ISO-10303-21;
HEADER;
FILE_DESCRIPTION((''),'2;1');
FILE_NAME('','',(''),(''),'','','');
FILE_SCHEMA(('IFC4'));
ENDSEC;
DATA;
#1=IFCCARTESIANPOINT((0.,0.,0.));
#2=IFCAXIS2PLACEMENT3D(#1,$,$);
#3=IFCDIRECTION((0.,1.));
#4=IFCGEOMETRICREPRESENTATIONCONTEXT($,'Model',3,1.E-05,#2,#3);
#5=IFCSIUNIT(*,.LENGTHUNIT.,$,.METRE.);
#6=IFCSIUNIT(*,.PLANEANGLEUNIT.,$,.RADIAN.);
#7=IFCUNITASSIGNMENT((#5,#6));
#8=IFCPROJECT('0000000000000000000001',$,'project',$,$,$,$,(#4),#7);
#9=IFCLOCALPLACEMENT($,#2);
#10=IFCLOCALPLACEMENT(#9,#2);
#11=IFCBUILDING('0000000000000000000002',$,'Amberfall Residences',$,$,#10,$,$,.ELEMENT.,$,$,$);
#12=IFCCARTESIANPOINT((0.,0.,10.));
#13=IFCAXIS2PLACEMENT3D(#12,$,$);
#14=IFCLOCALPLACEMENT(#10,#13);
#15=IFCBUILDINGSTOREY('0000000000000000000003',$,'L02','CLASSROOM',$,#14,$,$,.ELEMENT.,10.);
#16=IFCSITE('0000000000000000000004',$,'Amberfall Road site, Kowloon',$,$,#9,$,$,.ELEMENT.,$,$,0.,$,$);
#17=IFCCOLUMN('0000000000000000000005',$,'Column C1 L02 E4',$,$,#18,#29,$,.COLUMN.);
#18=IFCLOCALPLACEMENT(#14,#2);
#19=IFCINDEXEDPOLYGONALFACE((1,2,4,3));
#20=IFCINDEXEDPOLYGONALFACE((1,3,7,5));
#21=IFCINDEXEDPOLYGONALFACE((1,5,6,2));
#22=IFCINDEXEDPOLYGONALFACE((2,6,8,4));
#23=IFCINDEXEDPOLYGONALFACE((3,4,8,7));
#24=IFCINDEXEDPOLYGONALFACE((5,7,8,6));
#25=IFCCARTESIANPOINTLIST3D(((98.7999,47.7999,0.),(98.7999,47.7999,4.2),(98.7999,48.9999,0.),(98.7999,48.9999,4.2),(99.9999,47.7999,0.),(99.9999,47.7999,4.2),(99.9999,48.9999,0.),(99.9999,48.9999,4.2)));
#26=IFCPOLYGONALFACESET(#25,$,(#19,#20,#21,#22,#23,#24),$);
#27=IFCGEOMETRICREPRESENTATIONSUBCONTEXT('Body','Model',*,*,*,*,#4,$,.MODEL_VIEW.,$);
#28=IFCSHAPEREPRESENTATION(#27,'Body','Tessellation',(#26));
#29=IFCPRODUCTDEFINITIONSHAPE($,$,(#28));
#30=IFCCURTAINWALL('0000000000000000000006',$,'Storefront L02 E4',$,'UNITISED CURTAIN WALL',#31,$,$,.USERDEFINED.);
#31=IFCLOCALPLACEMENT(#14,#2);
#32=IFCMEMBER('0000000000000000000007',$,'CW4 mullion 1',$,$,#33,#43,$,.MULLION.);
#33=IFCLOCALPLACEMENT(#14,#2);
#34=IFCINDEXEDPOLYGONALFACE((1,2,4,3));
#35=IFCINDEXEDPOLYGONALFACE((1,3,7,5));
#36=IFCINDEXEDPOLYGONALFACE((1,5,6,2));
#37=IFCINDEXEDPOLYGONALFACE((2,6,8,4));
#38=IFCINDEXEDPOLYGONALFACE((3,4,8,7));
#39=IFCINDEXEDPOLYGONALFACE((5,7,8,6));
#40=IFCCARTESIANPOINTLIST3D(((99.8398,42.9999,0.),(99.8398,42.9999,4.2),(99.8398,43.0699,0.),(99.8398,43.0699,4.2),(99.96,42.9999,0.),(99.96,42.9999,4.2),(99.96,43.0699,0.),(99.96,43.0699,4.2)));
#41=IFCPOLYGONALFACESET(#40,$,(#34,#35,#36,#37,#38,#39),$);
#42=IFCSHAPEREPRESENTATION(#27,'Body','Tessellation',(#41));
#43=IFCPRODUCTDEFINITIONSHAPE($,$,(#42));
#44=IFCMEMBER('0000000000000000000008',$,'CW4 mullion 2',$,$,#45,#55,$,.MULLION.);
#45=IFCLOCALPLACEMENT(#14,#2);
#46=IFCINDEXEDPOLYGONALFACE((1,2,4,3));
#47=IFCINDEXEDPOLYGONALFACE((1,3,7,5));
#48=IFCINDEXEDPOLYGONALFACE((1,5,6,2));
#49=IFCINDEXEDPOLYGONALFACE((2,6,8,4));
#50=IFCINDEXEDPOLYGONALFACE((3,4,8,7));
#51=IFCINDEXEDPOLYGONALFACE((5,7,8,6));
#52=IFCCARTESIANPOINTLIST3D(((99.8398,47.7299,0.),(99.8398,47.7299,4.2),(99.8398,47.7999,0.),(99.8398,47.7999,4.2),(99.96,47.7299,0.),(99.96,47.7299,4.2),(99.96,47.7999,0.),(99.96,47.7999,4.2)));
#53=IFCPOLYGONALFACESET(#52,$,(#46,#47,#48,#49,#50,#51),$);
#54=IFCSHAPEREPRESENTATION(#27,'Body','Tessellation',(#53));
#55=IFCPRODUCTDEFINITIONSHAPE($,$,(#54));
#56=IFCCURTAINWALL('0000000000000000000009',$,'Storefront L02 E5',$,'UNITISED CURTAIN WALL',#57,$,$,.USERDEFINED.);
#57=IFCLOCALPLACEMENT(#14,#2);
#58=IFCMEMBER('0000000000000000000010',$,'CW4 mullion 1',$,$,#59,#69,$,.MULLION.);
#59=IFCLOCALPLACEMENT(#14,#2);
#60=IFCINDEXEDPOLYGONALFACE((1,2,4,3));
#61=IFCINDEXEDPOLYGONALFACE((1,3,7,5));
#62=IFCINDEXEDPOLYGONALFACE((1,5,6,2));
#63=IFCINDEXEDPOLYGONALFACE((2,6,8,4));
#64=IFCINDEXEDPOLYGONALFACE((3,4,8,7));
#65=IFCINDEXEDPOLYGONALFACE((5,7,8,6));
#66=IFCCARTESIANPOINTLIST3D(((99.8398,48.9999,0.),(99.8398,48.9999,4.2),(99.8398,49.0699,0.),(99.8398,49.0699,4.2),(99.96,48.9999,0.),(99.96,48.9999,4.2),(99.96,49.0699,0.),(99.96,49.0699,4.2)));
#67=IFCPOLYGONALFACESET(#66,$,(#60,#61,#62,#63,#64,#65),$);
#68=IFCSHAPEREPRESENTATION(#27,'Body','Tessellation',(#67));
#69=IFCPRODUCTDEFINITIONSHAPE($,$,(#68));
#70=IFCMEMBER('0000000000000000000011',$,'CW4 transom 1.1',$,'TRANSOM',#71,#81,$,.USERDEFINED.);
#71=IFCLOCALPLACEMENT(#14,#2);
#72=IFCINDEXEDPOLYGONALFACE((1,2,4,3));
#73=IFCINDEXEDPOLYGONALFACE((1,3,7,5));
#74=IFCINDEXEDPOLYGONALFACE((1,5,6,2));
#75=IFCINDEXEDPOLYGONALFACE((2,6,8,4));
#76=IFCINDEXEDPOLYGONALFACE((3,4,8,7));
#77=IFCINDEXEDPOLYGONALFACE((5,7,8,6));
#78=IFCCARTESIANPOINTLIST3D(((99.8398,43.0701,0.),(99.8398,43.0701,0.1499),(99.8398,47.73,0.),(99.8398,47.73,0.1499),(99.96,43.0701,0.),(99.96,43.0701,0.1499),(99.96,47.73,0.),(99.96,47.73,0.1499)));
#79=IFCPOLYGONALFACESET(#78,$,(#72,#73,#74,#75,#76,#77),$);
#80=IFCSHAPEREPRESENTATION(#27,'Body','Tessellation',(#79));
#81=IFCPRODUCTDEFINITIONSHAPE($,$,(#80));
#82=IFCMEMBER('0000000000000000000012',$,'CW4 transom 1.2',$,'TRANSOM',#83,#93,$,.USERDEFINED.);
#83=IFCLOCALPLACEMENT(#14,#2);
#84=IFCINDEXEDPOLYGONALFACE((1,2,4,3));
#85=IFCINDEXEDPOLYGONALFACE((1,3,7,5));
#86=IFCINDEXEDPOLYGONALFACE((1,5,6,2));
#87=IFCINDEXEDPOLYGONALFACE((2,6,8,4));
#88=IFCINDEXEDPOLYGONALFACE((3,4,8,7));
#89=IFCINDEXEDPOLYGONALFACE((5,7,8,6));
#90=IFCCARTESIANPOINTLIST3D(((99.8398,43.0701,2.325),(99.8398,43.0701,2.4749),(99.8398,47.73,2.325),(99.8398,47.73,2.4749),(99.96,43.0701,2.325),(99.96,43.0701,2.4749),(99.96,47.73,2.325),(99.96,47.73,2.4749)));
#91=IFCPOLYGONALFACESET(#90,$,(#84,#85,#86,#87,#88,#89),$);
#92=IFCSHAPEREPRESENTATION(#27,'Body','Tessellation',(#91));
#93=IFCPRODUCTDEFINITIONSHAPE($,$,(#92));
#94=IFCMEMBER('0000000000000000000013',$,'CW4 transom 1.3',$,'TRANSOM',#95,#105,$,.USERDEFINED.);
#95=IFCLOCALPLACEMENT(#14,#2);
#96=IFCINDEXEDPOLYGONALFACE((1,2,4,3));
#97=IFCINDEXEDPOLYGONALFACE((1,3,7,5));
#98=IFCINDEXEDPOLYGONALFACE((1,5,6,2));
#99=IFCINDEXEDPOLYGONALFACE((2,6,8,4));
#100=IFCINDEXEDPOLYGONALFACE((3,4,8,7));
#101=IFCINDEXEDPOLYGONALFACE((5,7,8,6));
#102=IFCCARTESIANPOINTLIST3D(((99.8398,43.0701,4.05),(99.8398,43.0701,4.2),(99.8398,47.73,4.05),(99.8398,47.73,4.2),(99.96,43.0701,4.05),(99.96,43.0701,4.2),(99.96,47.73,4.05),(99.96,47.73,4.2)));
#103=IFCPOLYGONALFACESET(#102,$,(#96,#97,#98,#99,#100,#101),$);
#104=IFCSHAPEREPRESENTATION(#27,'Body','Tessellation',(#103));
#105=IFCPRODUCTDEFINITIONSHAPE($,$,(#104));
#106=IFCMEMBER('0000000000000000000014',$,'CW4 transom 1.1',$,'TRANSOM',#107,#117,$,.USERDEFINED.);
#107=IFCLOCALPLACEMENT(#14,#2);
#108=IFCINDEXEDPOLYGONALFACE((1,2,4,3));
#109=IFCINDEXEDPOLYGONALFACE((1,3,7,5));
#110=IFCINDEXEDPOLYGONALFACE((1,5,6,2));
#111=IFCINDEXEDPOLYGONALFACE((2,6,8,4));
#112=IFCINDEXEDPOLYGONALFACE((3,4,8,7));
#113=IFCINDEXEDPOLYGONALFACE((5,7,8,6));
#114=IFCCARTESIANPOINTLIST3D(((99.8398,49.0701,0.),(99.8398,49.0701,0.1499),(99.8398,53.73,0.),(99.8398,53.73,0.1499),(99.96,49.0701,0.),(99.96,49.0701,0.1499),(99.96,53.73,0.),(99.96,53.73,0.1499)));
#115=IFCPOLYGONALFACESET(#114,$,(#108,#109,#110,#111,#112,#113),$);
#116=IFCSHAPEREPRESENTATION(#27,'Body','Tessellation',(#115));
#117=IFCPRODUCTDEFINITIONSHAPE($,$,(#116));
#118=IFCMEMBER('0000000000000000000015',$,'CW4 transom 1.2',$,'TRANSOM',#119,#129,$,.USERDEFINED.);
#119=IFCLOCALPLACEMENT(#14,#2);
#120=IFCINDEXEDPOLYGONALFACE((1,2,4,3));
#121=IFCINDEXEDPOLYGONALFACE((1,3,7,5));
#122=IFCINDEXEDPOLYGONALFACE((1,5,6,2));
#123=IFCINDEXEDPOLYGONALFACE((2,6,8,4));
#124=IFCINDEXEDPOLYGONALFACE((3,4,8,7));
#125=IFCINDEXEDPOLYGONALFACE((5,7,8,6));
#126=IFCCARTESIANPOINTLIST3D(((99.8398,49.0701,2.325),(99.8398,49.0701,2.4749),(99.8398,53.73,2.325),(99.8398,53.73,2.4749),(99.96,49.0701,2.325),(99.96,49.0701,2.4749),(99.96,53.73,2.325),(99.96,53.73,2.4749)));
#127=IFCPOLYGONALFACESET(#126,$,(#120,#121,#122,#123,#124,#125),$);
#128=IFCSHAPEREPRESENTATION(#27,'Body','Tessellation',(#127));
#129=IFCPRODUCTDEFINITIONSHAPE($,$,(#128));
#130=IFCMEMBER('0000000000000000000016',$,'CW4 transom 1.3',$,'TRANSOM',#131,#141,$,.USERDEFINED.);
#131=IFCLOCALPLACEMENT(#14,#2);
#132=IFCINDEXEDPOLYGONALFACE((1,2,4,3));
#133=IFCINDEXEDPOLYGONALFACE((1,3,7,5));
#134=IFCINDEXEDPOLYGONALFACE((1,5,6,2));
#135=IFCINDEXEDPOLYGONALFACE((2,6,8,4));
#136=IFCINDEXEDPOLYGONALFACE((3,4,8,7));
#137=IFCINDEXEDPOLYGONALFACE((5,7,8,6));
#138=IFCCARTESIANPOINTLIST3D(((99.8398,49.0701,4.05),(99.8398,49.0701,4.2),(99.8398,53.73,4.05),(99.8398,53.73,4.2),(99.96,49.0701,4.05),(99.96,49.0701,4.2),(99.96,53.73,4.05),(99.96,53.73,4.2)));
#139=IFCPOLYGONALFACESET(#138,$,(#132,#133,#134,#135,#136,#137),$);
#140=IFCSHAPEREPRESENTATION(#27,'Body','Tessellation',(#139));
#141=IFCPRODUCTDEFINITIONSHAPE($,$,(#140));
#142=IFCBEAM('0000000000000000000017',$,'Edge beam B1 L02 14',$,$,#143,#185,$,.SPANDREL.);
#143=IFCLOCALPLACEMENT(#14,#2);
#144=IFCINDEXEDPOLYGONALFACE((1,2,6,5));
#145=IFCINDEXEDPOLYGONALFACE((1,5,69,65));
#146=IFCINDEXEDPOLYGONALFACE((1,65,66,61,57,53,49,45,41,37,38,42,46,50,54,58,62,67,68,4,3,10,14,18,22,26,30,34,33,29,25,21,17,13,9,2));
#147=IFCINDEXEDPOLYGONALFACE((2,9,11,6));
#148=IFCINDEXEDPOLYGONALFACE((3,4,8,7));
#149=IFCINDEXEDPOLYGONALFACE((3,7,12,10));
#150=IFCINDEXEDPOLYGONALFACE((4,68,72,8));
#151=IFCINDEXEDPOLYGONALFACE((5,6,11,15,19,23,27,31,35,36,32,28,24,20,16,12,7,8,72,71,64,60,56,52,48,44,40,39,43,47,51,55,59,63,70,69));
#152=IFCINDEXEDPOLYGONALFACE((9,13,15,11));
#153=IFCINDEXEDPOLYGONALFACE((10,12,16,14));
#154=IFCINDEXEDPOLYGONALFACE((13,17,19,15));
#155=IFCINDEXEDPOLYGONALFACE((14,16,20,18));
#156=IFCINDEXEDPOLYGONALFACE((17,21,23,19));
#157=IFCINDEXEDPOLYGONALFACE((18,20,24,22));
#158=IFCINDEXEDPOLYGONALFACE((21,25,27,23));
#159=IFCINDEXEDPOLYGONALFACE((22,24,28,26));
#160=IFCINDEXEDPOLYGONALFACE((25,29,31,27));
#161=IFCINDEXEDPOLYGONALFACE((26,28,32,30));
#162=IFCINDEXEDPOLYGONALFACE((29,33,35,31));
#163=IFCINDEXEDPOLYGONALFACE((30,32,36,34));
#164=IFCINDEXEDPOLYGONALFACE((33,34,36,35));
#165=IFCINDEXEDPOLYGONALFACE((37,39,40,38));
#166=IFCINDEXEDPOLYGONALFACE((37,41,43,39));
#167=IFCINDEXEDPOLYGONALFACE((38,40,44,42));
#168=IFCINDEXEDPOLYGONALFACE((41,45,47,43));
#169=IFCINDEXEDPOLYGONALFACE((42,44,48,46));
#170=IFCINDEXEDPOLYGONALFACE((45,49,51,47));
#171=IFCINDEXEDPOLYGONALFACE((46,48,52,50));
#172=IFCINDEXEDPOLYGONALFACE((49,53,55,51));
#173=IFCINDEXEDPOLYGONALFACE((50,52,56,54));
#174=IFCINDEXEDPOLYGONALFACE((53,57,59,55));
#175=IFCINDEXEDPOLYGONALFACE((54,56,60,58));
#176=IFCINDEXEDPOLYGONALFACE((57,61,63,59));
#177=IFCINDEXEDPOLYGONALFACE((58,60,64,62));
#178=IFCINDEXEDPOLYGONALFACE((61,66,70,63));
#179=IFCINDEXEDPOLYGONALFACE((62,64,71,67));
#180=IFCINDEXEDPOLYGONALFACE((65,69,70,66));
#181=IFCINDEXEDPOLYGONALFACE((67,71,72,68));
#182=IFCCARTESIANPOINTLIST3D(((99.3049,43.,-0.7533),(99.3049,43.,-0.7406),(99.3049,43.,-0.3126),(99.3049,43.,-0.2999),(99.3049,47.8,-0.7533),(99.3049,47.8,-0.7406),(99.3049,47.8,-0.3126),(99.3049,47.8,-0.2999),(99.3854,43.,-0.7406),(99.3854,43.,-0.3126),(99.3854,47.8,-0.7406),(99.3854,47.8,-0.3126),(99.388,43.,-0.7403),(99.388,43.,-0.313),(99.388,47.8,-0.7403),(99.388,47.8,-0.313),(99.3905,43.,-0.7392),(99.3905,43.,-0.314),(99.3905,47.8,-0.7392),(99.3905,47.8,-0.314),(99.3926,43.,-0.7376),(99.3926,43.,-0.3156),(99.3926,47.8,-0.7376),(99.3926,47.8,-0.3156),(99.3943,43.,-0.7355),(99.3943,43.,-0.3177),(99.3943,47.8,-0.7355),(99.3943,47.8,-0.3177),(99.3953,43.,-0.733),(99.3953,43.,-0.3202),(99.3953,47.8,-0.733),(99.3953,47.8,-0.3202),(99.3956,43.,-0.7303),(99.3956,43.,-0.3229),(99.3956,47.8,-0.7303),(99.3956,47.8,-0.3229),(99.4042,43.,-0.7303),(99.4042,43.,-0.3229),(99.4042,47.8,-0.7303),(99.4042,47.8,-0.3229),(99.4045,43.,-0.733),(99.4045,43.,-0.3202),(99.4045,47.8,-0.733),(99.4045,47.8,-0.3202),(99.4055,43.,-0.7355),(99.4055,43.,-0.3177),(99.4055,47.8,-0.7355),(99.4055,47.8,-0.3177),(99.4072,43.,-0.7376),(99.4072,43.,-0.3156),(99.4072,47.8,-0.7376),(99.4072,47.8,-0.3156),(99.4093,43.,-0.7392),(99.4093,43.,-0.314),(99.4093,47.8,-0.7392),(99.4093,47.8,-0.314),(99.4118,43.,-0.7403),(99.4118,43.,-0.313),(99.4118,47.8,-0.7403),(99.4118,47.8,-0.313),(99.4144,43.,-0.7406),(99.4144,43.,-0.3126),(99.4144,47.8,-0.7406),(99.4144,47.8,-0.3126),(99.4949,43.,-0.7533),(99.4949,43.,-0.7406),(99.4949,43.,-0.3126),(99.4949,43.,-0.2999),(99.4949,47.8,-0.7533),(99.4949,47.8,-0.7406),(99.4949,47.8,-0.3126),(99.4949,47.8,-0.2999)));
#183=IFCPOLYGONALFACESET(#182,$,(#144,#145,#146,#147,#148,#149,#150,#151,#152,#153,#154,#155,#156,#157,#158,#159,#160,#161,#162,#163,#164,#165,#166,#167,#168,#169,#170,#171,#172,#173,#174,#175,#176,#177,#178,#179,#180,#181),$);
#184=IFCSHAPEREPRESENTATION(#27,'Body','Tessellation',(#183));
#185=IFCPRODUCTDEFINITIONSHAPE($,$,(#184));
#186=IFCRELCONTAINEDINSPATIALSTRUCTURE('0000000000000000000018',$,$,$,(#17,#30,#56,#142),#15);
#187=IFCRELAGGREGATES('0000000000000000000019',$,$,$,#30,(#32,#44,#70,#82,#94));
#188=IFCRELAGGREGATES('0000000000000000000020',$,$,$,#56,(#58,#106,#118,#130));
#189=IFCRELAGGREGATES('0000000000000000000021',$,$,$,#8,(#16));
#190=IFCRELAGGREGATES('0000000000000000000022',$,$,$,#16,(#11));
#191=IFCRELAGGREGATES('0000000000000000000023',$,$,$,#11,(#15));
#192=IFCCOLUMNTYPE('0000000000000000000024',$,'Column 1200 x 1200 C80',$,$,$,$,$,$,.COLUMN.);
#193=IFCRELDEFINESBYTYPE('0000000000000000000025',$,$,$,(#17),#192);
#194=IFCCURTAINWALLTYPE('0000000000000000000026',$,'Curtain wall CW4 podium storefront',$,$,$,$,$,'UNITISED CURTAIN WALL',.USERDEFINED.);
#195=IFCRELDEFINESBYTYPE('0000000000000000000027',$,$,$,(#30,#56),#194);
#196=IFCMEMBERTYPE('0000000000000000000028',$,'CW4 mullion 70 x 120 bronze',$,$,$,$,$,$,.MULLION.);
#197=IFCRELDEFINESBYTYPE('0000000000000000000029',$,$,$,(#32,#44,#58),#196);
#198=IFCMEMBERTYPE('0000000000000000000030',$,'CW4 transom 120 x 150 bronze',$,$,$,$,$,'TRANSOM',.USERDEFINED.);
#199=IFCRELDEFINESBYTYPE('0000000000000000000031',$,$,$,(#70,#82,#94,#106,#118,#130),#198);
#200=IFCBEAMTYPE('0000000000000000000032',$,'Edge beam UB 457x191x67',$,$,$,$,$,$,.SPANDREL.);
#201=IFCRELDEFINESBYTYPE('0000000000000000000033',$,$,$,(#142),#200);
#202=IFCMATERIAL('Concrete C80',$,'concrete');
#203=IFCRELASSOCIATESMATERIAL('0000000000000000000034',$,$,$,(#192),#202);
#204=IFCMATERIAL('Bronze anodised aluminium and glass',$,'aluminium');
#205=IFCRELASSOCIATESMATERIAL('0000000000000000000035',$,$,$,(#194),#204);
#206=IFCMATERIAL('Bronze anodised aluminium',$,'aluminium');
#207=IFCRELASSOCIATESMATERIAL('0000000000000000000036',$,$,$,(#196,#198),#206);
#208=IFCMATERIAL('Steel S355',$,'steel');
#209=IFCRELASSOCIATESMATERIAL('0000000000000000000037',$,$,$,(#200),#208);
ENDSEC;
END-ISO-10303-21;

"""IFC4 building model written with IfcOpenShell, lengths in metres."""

from ifc_helpers import new_model, si_unit, direction, frame, origin, origin_2d, place, context, subcontext, project, spatial, rectangle, i_section, extrude, material, material_profile, profile_set, type_object, element, aggregate, save


model = new_model("IFC4")

# Units and contexts
model_context = context("Model", 3, precision=1e-05, world=origin(), true_north=direction((0.0, 1.0)))
body_context = subcontext(model_context, "Body", "Model", "MODEL_VIEW")
ifc_project = project(units=[si_unit("LENGTHUNIT", "METRE"), si_unit("PLANEANGLEUNIT", "RADIAN")], contexts=[model_context])

# Site, building, storey
site_placement = place(None, origin())
site = spatial("IfcSite", under=ifc_project, at=site_placement, Name="Amberfall Road site, Kowloon", CompositionType="ELEMENT", RefElevation=0.0)
building_placement = place(site_placement, origin())
building = spatial("IfcBuilding", under=site, at=building_placement, Name="Amberfall Residences", CompositionType="ELEMENT")
storey_placement = place(building_placement, frame((0.0, 0.0, 10.0)))
storey = spatial("IfcBuildingStorey", under=building, at=storey_placement, Name="L02", Description="CLASSROOM", CompositionType="ELEMENT", Elevation=10.0)

# Column
ifc_material_1 = material(Name="Concrete C80", Category="concrete")
ifc_material_profile_1 = material_profile(ifc_material_1, rectangle(XDim=1.2, YDim=1.2, at=origin_2d()), Name="Column 1200 x 1200 C80")
ifc_profile_set_1 = profile_set([ifc_material_profile_1], Name="Concrete C80")
column_type = type_object("IfcColumnType", Name="Column 1200 x 1200 C80", PredefinedType="COLUMN", material=ifc_profile_set_1)
column_placement = place(storey_placement, frame((99.3999, 48.3999, 0.0), z_axis=(0.0, 0.0, 1.0), x_axis=(1.0, 0.0, 0.0)))
element("IfcColumn", 1, at=column_placement, inside=storey, type_object=column_type, Name="Column C1 L02 E4", PredefinedType="COLUMN", context=body_context, shape_type="SweptSolid", body=[
    extrude(rectangle(XDim=1.2, YDim=1.2, at=origin_2d()), origin(), (0.0, 0.0, 1.0), 4.2),
])

# Curtain wall, members
ifc_material_2 = material(Name="Bronze anodised aluminium and glass", Category="aluminium")
curtain_wall_type = type_object("IfcCurtainWallType", Name="Curtain wall CW4 podium storefront", ElementType="UNITISED CURTAIN WALL", PredefinedType="USERDEFINED", material=ifc_material_2)
curtain_wall_1_placement = place(storey_placement, origin())
curtain_wall_1 = element("IfcCurtainWall", 2, at=curtain_wall_1_placement, inside=storey, type_object=curtain_wall_type, Name="Storefront L02 E4", ObjectType="UNITISED CURTAIN WALL", PredefinedType="USERDEFINED")
ifc_material_3 = material(Name="Bronze anodised aluminium", Category="aluminium")
ifc_material_profile_2 = material_profile(ifc_material_3, rectangle(XDim=0.1201, YDim=0.0701, at=origin_2d()), Name="CW4 mullion 70 x 120 bronze")
ifc_profile_set_2 = profile_set([ifc_material_profile_2], Name="Bronze anodised aluminium")
member_type_1 = type_object("IfcMemberType", Name="CW4 mullion 70 x 120 bronze", PredefinedType="MULLION", material=ifc_profile_set_2)
member_1_placement = place(storey_placement, frame((99.8999, 43.0349, 0.0), z_axis=(0.0, 0.0, 1.0), x_axis=(-1.0, 0.0, 0.0)))
member_1 = element("IfcMember", 3, at=member_1_placement, type_object=member_type_1, Name="CW4 mullion 1", PredefinedType="MULLION", context=body_context, shape_type="SweptSolid", body=[
    extrude(rectangle(XDim=0.1201, YDim=0.0701, at=origin_2d()), origin(), (0.0, 0.0, 1.0), 4.2),
])
member_2_placement = place(storey_placement, frame((99.8999, 47.7649, 0.0), z_axis=(0.0, 0.0, 1.0), x_axis=(-1.0, 0.0, 0.0)))
member_2 = element("IfcMember", 4, at=member_2_placement, type_object=member_type_1, Name="CW4 mullion 2", PredefinedType="MULLION", context=body_context, shape_type="SweptSolid", body=[
    extrude(rectangle(XDim=0.1201, YDim=0.0701, at=origin_2d()), origin(), (0.0, 0.0, 1.0), 4.2),
])

# Curtain wall, member
curtain_wall_2_placement = place(storey_placement, origin())
curtain_wall_2 = element("IfcCurtainWall", 5, at=curtain_wall_2_placement, inside=storey, type_object=curtain_wall_type, Name="Storefront L02 E5", ObjectType="UNITISED CURTAIN WALL", PredefinedType="USERDEFINED")
member_3_placement = place(storey_placement, frame((99.8999, 49.0349, 0.0), z_axis=(0.0, 0.0, 1.0), x_axis=(-1.0, 0.0, 0.0)))
member_3 = element("IfcMember", 6, at=member_3_placement, type_object=member_type_1, Name="CW4 mullion 1", PredefinedType="MULLION", context=body_context, shape_type="SweptSolid", body=[
    extrude(rectangle(XDim=0.1201, YDim=0.0701, at=origin_2d()), origin(), (0.0, 0.0, 1.0), 4.2),
])

# Members
ifc_material_profile_3 = material_profile(ifc_material_3, rectangle(XDim=0.1201, YDim=0.1499, at=origin_2d()), Name="CW4 transom 120 x 150 bronze")
ifc_profile_set_3 = profile_set([ifc_material_profile_3], Name="Bronze anodised aluminium")
member_type_2 = type_object("IfcMemberType", Name="CW4 transom 120 x 150 bronze", ElementType="TRANSOM", PredefinedType="USERDEFINED", material=ifc_profile_set_3)
member_4_placement = place(storey_placement, frame((99.8999, 43.0701, 0.075), z_axis=(0.0, 1.0, 0.0), x_axis=(-1.0, 0.0, 0.0)))
member_4 = element("IfcMember", 7, at=member_4_placement, type_object=member_type_2, Name="CW4 transom 1.1", ObjectType="TRANSOM", PredefinedType="USERDEFINED", context=body_context, shape_type="SweptSolid", body=[
    extrude(rectangle(XDim=0.1201, YDim=0.1499, at=origin_2d()), origin(), (0.0, 0.0, 1.0), 4.6599),
])
member_5_placement = place(storey_placement, frame((99.8999, 43.0701, 2.3999), z_axis=(0.0, 1.0, 0.0), x_axis=(-1.0, 0.0, 0.0)))
member_5 = element("IfcMember", 8, at=member_5_placement, type_object=member_type_2, Name="CW4 transom 1.2", ObjectType="TRANSOM", PredefinedType="USERDEFINED", context=body_context, shape_type="SweptSolid", body=[
    extrude(rectangle(XDim=0.1201, YDim=0.1499, at=origin_2d()), origin(), (0.0, 0.0, 1.0), 4.6599),
])
member_6_placement = place(storey_placement, frame((99.8999, 43.0701, 4.125), z_axis=(0.0, 1.0, 0.0), x_axis=(-1.0, 0.0, 0.0)))
member_6 = element("IfcMember", 9, at=member_6_placement, type_object=member_type_2, Name="CW4 transom 1.3", ObjectType="TRANSOM", PredefinedType="USERDEFINED", context=body_context, shape_type="SweptSolid", body=[
    extrude(rectangle(XDim=0.1201, YDim=0.1499, at=origin_2d()), origin(), (0.0, 0.0, 1.0), 4.6599),
])
member_7_placement = place(storey_placement, frame((99.8999, 49.0701, 0.075), z_axis=(0.0, 1.0, 0.0), x_axis=(-1.0, 0.0, 0.0)))
member_7 = element("IfcMember", 10, at=member_7_placement, type_object=member_type_2, Name="CW4 transom 1.1", ObjectType="TRANSOM", PredefinedType="USERDEFINED", context=body_context, shape_type="SweptSolid", body=[
    extrude(rectangle(XDim=0.1201, YDim=0.1499, at=origin_2d()), origin(), (0.0, 0.0, 1.0), 4.6599),
])
member_8_placement = place(storey_placement, frame((99.8999, 49.0701, 2.3999), z_axis=(0.0, 1.0, 0.0), x_axis=(-1.0, 0.0, 0.0)))
member_8 = element("IfcMember", 11, at=member_8_placement, type_object=member_type_2, Name="CW4 transom 1.2", ObjectType="TRANSOM", PredefinedType="USERDEFINED", context=body_context, shape_type="SweptSolid", body=[
    extrude(rectangle(XDim=0.1201, YDim=0.1499, at=origin_2d()), origin(), (0.0, 0.0, 1.0), 4.6599),
])
member_9_placement = place(storey_placement, frame((99.8999, 49.0701, 4.125), z_axis=(0.0, 1.0, 0.0), x_axis=(-1.0, 0.0, 0.0)))
member_9 = element("IfcMember", 12, at=member_9_placement, type_object=member_type_2, Name="CW4 transom 1.3", ObjectType="TRANSOM", PredefinedType="USERDEFINED", context=body_context, shape_type="SweptSolid", body=[
    extrude(rectangle(XDim=0.1201, YDim=0.1499, at=origin_2d()), origin(), (0.0, 0.0, 1.0), 4.6599),
])

# Beam
ifc_material_4 = material(Name="Steel S355", Category="steel")
ifc_material_profile_4 = material_profile(ifc_material_4, i_section(OverallWidth=0.1899, OverallDepth=0.4534, WebThickness=0.0085, FlangeThickness=0.0127, FilletRadius=0.0103, at=origin_2d()), Name="UB 457x191x67")
ifc_profile_set_4 = profile_set([ifc_material_profile_4], Name="Steel S355")
beam_type_1 = type_object("IfcBeamType", Name="Edge beam UB 457x191x67", PredefinedType="SPANDREL", material=ifc_profile_set_4)
for number, where, z_axis, x_axis, name in (
    (13, (99.3999, 43.0, -0.5266), (0.0, 1.0, 0.0), (-1.0, 0.0, 0.0), "Edge beam B1 L02 14"),
):
    element("IfcBeam", number, at=place(storey_placement, frame(where, z_axis=z_axis, x_axis=x_axis)), inside=storey, type_object=beam_type_1, Name=name, PredefinedType="SPANDREL", context=body_context, shape_type="SweptSolid", body=[
        extrude(i_section(OverallWidth=0.1899, OverallDepth=0.4534, WebThickness=0.0085, FlangeThickness=0.0127, FilletRadius=0.0103, at=origin_2d()), origin(), (0.0, 0.0, 1.0), 4.8),
    ])

aggregate(curtain_wall_1, [member_1, member_2, member_4, member_5, member_6])
aggregate(curtain_wall_2, [member_3, member_7, member_8, member_9])

save(model, "model.ifc")
